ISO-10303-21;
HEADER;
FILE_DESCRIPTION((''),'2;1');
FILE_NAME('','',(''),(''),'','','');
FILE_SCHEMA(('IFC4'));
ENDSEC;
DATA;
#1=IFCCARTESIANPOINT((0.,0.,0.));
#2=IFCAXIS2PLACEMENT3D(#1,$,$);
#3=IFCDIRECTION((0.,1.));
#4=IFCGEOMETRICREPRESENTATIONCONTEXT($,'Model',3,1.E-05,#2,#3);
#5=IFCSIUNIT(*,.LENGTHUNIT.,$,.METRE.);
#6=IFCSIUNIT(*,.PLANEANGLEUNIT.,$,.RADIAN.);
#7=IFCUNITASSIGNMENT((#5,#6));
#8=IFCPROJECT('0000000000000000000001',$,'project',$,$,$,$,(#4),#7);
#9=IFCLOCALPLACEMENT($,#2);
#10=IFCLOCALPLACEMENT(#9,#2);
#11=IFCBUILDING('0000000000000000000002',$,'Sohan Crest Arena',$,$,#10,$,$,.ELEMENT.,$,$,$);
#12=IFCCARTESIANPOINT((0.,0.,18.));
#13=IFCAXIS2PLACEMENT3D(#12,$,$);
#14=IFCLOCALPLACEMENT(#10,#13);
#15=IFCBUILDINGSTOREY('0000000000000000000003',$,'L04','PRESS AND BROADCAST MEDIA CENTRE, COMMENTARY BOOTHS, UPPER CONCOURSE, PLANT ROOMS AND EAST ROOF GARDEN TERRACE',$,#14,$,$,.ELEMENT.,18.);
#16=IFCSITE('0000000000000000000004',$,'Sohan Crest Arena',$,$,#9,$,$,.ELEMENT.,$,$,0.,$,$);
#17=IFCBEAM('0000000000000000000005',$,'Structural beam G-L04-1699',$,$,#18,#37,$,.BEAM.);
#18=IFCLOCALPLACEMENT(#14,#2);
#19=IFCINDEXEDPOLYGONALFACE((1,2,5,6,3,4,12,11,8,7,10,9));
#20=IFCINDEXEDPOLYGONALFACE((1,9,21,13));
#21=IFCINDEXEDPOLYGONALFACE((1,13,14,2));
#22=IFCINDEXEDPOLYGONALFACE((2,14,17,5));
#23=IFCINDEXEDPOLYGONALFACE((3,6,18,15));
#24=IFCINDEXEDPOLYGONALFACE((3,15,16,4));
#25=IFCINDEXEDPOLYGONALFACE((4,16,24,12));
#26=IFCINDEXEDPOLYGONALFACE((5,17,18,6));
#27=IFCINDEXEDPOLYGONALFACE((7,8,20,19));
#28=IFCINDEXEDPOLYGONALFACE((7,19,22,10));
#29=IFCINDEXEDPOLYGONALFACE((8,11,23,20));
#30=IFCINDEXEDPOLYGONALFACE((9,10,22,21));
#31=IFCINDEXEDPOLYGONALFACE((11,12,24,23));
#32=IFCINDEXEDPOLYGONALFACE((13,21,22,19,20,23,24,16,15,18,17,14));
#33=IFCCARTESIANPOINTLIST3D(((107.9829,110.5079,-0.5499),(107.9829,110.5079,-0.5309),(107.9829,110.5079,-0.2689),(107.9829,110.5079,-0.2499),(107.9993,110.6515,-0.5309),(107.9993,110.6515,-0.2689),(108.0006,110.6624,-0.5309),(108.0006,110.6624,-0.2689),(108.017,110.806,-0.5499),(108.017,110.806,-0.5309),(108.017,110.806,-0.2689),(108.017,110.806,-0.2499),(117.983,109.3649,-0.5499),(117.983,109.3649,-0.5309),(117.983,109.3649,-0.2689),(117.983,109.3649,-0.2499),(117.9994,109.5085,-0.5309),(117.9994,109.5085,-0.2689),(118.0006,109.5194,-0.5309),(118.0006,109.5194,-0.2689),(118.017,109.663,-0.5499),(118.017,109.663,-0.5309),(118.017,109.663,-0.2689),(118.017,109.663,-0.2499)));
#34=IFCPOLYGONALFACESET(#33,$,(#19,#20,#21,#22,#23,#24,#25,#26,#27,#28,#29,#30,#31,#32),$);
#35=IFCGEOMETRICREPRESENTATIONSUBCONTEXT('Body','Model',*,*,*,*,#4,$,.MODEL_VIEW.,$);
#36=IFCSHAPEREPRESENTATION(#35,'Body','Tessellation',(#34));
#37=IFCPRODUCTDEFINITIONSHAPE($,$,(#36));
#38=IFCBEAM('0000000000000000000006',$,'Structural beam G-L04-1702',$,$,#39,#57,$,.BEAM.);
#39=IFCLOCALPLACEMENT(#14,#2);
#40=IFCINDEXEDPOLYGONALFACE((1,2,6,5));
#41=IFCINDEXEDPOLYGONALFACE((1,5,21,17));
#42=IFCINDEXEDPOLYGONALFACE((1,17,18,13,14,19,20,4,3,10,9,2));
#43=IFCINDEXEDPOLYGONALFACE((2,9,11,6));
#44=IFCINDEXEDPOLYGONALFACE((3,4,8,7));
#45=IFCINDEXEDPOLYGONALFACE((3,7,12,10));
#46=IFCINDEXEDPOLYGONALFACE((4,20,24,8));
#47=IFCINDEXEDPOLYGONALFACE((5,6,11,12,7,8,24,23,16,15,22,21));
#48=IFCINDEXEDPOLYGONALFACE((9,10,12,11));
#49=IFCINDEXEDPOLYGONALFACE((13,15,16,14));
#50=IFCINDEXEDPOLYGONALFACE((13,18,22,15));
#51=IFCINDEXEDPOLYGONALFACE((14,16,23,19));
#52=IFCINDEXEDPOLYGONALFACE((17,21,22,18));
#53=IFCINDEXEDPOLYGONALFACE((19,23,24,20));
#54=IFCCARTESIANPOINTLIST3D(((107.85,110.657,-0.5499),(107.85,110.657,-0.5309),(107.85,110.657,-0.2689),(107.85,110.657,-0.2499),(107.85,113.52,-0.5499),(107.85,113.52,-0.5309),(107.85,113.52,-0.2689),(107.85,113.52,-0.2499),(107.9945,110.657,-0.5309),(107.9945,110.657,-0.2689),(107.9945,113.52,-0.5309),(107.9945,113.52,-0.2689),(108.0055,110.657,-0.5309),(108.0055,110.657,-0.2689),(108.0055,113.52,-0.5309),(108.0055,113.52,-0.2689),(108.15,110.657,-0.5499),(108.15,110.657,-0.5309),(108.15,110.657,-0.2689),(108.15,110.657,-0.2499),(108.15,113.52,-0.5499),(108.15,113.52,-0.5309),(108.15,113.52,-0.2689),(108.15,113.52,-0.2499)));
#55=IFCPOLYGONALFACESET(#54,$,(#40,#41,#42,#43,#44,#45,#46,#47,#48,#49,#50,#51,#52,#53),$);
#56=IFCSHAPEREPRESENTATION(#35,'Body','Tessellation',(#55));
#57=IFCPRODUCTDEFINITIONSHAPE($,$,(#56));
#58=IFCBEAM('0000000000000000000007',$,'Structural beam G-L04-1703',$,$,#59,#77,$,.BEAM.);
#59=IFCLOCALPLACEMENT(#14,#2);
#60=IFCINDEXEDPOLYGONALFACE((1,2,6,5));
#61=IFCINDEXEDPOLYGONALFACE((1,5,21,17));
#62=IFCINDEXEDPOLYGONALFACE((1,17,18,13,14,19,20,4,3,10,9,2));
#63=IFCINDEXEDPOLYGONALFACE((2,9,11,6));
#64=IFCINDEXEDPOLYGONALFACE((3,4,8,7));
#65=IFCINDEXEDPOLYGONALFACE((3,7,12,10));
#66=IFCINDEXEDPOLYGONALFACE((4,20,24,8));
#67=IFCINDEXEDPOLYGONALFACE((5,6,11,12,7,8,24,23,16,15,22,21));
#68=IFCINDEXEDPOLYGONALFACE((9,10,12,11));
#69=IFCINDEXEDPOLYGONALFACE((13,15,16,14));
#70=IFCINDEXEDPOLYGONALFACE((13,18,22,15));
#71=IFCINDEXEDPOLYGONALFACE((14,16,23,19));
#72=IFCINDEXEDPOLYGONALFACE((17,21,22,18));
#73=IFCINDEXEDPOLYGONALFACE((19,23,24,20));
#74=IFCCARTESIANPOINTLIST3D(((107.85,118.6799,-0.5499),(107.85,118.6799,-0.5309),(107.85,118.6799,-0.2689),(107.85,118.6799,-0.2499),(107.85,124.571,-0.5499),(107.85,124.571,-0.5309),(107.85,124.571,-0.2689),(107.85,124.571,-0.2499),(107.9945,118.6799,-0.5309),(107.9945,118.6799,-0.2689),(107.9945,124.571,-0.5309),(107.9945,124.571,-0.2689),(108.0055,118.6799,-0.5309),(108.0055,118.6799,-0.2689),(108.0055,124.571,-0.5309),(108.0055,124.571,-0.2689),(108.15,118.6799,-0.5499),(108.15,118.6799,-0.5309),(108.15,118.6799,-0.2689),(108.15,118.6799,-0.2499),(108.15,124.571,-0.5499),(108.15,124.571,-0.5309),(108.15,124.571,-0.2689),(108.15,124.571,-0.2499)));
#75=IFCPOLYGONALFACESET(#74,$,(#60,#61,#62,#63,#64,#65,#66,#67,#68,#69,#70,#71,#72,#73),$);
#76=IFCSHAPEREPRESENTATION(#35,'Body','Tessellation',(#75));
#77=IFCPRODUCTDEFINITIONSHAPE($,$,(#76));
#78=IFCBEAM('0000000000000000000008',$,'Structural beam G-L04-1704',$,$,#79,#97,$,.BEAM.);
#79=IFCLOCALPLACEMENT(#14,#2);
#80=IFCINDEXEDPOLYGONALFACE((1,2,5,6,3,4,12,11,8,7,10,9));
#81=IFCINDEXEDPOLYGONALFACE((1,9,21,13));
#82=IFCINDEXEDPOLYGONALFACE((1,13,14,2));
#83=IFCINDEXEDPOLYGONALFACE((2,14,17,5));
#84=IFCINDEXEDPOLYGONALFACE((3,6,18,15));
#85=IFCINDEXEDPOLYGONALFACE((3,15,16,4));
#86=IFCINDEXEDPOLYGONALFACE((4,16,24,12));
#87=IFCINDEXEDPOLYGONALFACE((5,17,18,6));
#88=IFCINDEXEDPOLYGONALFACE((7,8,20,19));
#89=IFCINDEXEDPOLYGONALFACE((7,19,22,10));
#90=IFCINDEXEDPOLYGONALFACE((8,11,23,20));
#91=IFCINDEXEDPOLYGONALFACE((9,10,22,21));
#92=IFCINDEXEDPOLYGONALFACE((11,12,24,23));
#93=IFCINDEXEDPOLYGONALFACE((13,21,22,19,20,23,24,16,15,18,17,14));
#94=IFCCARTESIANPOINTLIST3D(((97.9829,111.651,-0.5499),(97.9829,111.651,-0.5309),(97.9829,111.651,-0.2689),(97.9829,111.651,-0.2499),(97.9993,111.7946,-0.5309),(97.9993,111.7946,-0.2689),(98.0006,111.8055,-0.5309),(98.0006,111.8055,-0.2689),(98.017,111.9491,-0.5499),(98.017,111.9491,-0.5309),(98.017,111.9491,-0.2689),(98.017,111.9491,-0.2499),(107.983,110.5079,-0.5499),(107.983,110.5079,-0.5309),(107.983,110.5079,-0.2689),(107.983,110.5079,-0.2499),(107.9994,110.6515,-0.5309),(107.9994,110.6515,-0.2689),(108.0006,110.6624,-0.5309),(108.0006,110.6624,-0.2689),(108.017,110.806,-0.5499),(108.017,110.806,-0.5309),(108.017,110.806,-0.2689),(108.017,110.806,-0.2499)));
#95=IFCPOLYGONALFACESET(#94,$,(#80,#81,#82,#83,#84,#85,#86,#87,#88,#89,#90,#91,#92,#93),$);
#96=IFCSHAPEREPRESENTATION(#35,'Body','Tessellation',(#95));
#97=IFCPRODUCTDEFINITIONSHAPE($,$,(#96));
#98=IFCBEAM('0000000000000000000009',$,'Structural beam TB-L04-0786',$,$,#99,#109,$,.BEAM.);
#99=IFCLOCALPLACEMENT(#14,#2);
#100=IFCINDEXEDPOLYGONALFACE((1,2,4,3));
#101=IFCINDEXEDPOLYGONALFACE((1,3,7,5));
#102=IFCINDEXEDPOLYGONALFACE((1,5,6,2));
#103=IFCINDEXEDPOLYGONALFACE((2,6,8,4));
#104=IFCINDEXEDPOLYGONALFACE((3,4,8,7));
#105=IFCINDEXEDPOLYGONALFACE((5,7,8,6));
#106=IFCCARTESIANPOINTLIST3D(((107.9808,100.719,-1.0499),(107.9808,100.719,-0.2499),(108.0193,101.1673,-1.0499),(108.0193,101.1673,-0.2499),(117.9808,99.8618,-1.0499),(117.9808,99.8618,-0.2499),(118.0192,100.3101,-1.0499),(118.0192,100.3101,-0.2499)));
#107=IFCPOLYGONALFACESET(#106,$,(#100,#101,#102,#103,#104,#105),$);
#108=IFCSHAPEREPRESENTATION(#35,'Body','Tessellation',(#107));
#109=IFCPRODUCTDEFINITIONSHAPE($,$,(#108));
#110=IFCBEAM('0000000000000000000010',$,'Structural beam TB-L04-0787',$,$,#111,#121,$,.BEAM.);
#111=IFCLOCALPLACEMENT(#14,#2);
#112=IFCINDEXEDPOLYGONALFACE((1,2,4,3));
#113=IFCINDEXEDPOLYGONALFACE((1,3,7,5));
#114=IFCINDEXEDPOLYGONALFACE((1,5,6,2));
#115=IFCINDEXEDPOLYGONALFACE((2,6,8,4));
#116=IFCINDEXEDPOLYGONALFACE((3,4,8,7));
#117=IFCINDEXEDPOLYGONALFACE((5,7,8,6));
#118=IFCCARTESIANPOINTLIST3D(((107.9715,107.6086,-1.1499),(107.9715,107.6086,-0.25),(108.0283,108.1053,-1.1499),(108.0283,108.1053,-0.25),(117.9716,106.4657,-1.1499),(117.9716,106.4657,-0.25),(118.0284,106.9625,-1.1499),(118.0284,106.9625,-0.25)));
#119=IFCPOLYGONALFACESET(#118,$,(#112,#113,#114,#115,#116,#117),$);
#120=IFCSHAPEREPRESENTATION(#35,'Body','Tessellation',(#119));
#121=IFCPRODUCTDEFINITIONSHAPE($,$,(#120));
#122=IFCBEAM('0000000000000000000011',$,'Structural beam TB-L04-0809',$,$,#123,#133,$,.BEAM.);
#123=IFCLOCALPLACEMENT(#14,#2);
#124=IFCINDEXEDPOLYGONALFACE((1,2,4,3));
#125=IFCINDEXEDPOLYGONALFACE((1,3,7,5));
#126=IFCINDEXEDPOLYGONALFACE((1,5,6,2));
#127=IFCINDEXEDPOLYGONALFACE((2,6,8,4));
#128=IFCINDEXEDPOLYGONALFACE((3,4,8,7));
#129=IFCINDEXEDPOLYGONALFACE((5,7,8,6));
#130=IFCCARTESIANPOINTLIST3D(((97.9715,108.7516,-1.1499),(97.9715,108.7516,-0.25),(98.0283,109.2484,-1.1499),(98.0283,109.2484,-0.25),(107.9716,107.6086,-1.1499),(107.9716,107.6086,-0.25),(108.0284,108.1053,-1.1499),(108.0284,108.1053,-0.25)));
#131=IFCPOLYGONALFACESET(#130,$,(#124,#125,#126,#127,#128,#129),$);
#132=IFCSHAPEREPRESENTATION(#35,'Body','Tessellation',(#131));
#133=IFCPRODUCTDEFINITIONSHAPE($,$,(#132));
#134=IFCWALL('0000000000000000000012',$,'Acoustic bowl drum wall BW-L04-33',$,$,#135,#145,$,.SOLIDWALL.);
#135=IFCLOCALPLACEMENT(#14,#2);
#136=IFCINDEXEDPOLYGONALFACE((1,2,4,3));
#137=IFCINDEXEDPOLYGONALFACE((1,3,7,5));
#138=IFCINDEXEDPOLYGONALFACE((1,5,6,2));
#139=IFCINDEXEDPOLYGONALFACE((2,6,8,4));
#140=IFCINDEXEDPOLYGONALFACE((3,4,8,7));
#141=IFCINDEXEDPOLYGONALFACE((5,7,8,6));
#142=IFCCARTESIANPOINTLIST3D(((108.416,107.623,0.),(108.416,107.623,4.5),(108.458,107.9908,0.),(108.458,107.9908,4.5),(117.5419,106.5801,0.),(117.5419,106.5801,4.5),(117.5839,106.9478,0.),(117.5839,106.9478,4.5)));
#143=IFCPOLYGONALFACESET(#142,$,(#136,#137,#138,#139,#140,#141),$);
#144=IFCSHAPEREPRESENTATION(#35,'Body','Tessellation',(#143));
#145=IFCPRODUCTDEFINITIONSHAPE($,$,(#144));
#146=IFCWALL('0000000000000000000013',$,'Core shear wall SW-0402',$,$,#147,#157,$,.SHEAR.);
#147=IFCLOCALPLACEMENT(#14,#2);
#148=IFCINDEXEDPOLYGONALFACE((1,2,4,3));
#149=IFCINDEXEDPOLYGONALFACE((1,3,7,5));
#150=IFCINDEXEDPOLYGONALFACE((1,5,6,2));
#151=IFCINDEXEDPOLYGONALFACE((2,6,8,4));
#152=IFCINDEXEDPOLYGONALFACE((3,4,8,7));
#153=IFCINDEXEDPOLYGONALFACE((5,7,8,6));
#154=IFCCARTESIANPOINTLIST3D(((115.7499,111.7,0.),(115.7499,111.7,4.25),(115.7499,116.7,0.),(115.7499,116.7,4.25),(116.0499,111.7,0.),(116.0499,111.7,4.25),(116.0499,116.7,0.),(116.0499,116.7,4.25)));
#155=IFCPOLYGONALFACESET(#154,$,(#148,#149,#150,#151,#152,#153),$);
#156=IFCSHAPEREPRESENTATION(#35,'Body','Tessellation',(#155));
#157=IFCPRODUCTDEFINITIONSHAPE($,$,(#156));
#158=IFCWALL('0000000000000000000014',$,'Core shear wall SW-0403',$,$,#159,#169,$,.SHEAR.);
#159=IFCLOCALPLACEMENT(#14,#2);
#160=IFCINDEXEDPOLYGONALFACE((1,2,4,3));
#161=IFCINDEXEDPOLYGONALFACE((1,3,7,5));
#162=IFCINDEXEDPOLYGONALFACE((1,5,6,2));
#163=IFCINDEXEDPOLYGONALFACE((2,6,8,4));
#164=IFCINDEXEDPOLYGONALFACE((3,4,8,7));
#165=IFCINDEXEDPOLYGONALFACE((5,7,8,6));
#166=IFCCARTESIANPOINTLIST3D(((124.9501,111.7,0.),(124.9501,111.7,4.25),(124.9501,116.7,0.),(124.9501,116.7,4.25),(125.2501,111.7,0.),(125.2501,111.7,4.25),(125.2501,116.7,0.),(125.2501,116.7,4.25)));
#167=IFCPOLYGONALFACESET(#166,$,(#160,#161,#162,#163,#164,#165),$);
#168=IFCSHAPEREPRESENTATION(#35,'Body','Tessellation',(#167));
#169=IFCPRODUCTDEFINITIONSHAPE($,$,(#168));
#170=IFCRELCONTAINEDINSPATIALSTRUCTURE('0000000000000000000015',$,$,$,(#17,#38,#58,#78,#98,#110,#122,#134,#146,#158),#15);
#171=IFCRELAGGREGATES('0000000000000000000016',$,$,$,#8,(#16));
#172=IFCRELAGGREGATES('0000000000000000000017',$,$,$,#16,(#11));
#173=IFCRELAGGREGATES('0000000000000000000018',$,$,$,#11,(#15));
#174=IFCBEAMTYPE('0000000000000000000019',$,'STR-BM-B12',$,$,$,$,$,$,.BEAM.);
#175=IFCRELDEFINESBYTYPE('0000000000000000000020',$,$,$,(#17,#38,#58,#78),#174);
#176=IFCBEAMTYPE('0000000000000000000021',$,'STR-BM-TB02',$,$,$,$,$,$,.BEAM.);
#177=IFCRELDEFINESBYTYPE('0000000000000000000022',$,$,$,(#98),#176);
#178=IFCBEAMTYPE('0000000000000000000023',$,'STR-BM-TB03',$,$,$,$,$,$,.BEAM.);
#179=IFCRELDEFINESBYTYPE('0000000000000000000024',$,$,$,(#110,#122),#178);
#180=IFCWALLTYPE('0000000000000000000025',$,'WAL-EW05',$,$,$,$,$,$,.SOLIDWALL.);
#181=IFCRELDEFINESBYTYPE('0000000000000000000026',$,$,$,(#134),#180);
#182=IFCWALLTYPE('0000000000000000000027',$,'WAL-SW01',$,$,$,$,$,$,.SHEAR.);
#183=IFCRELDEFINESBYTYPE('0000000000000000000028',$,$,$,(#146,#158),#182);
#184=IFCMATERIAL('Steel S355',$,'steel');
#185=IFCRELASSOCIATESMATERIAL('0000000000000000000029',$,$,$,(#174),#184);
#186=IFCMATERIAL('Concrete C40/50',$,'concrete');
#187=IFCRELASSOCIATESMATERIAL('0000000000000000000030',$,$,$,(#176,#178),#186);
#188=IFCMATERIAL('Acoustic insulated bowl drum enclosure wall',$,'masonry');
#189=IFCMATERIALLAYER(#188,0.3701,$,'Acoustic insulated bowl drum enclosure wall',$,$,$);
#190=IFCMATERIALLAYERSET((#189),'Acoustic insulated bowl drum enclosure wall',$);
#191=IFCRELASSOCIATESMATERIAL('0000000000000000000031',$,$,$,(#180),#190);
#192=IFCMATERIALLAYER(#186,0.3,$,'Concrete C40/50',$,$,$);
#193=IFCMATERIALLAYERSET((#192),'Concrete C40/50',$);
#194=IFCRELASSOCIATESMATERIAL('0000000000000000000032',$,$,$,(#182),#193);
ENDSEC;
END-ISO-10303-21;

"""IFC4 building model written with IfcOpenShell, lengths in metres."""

from ifc_helpers import new_model, si_unit, direction, frame, frame_2d, origin, origin_2d, place, context, subcontext, project, spatial, rectangle, i_section, extrude, material, layer, layer_set, material_profile, profile_set, type_object, element, save


model = new_model("IFC4")

# Units and contexts
model_context = context("Model", 3, precision=1e-05, world=origin(), true_north=direction((0.0, 1.0)))
body_context = subcontext(model_context, "Body", "Model", "MODEL_VIEW")
ifc_project = project(units=[si_unit("LENGTHUNIT", "METRE"), si_unit("PLANEANGLEUNIT", "RADIAN")], contexts=[model_context])

# Site, building, storey
site_placement = place(None, origin())
site = spatial("IfcSite", under=ifc_project, at=site_placement, Name="Sohan Crest Arena", CompositionType="ELEMENT", RefElevation=0.0)
building_placement = place(site_placement, origin())
building = spatial("IfcBuilding", under=site, at=building_placement, Name="Sohan Crest Arena", CompositionType="ELEMENT")
storey_placement = place(building_placement, frame((0.0, 0.0, 18.0)))
storey = spatial("IfcBuildingStorey", under=building, at=storey_placement, Name="L04", Description="PRESS AND BROADCAST MEDIA CENTRE, COMMENTARY BOOTHS, UPPER CONCOURSE, PLANT ROOMS AND EAST ROOF GARDEN TERRACE", CompositionType="ELEMENT", Elevation=18.0)

# Shared definitions
ifc_material_1 = material(Name="Concrete C40/50", Category="concrete")
ifc_material_2 = material(Name="Steel S355", Category="steel")

# Beams
ifc_material_profile_1 = material_profile(ifc_material_2, i_section(OverallWidth=0.3, OverallDepth=0.3, WebThickness=0.011, FlangeThickness=0.019, at=origin_2d()), Name="HEB 300")
ifc_profile_set_1 = profile_set([ifc_material_profile_1], Name="Steel S355")
beam_type_1 = type_object("IfcBeamType", Name="STR-BM-B12", PredefinedType="BEAM", material=ifc_profile_set_1)
beam_1_placement = place(storey_placement, frame((118.0, 109.5139, -0.3999), z_axis=(-0.99353, 0.113567, 0.0), x_axis=(-0.113567, -0.99353, 0.0)))
element("IfcBeam", 1, at=beam_1_placement, inside=storey, type_object=beam_type_1, Name="Structural beam G-L04-1699", PredefinedType="BEAM", context=body_context, shape_type="SweptSolid", body=[
    extrude(i_section(OverallWidth=0.3, OverallDepth=0.3, WebThickness=0.011, FlangeThickness=0.019, at=origin_2d()), origin(), (0.0, 0.0, 1.0), 10.0652),
])
beam_2_placement = place(storey_placement, frame((108.0, 110.657, -0.3999), z_axis=(0.0, 1.0, 0.0), x_axis=(-1.0, 0.0, 0.0)))
element("IfcBeam", 2, at=beam_2_placement, inside=storey, type_object=beam_type_1, Name="Structural beam G-L04-1702", PredefinedType="BEAM", context=body_context, shape_type="SweptSolid", body=[
    extrude(i_section(OverallWidth=0.3, OverallDepth=0.3, WebThickness=0.011, FlangeThickness=0.019, at=origin_2d()), origin(), (0.0, 0.0, 1.0), 2.863),
])
beam_3_placement = place(storey_placement, frame((108.0, 118.6799, -0.3999), z_axis=(0.0, 1.0, 0.0), x_axis=(-1.0, 0.0, 0.0)))
element("IfcBeam", 3, at=beam_3_placement, inside=storey, type_object=beam_type_1, Name="Structural beam G-L04-1703", PredefinedType="BEAM", context=body_context, shape_type="SweptSolid", body=[
    extrude(i_section(OverallWidth=0.3, OverallDepth=0.3, WebThickness=0.011, FlangeThickness=0.019, at=origin_2d()), origin(), (0.0, 0.0, 1.0), 5.8911),
])
beam_4_placement = place(storey_placement, frame((108.0, 110.657, -0.3999), z_axis=(-0.99353, 0.113567, 0.0), x_axis=(-0.113567, -0.99353, 0.0)))
element("IfcBeam", 4, at=beam_4_placement, inside=storey, type_object=beam_type_1, Name="Structural beam G-L04-1704", PredefinedType="BEAM", context=body_context, shape_type="SweptSolid", body=[
    extrude(i_section(OverallWidth=0.3, OverallDepth=0.3, WebThickness=0.011, FlangeThickness=0.019, at=origin_2d()), origin(), (0.0, 0.0, 1.0), 10.0652),
])
ifc_material_profile_2 = material_profile(ifc_material_1, rectangle(XDim=0.45, YDim=0.8, at=origin_2d()), Name="RC-BM 450x800")
ifc_profile_set_2 = profile_set([ifc_material_profile_2], Name="Concrete C40/50")
beam_type_2 = type_object("IfcBeamType", Name="STR-BM-TB02", PredefinedType="BEAM", material=ifc_profile_set_2)
beam_5_placement = place(storey_placement, frame((118.0, 100.0859, -0.6499), z_axis=(-0.996346, 0.085405, 0.0), x_axis=(-0.085405, -0.996346, 0.0)))
element("IfcBeam", 5, at=beam_5_placement, inside=storey, type_object=beam_type_2, Name="Structural beam TB-L04-0786", PredefinedType="BEAM", context=body_context, shape_type="SweptSolid", body=[
    extrude(rectangle(XDim=0.45, YDim=0.8, at=origin_2d()), origin(), (0.0, 0.0, 1.0), 10.0366),
])
ifc_material_profile_3 = material_profile(ifc_material_1, rectangle(XDim=0.5, YDim=0.8999, at=origin_2d()), Name="RC-BM 500x900")
ifc_profile_set_3 = profile_set([ifc_material_profile_3], Name="Concrete C40/50")
beam_type_3 = type_object("IfcBeamType", Name="STR-BM-TB03", PredefinedType="BEAM", material=ifc_profile_set_3)
for number, where, z_axis, x_axis, name in (
    (6, (118.0, 106.7141, -0.7), (-0.993533, 0.113543, 0.0), (-0.113543, -0.993533, 0.0), "Structural beam TB-L04-0787"),
    (7, (108.0, 107.8569, -0.7), (-0.99353, 0.113567, 0.0), (-0.113567, -0.99353, 0.0), "Structural beam TB-L04-0809"),
):
    element("IfcBeam", number, at=place(storey_placement, frame(where, z_axis=z_axis, x_axis=x_axis)), inside=storey, type_object=beam_type_3, Name=name, PredefinedType="BEAM", context=body_context, shape_type="SweptSolid", body=[
        extrude(rectangle(XDim=0.5, YDim=0.8999, at=origin_2d()), origin(), (0.0, 0.0, 1.0), 10.0652),
    ])

# Walls
ifc_material_3 = material(Name="Acoustic insulated bowl drum enclosure wall", Category="masonry")
ifc_layer_1 = layer(ifc_material_3, 0.3701, Name="Acoustic insulated bowl drum enclosure wall")
ifc_layer_set_1 = layer_set([ifc_layer_1], Name="Acoustic insulated bowl drum enclosure wall")
wall_type_1 = type_object("IfcWallType", Name="WAL-EW05", PredefinedType="SOLIDWALL", material=ifc_layer_set_1)
wall_1_placement = place(storey_placement, frame((117.563, 106.7639, 0.0), z_axis=(0.0, 0.0, 1.0), x_axis=(-0.993533, 0.113547, 0.0)))
element("IfcWall", 8, at=wall_1_placement, inside=storey, type_object=wall_type_1, Name="Acoustic bowl drum wall BW-L04-33", PredefinedType="SOLIDWALL", context=body_context, shape_type="SweptSolid", body=[
    extrude(rectangle(XDim=9.1853, YDim=0.3701, at=frame_2d((4.5928, 0.0))), origin(), (0.0, 0.0, 1.0), 4.5),
])
ifc_layer_2 = layer(ifc_material_1, 0.3, Name="Concrete C40/50")
ifc_layer_set_2 = layer_set([ifc_layer_2], Name="Concrete C40/50")
wall_type_2 = type_object("IfcWallType", Name="WAL-SW01", PredefinedType="SHEAR", material=ifc_layer_set_2)
for number, where, z_axis, x_axis, name in (
    (9, (115.8999, 111.7, 0.0), (0.0, 0.0, 1.0), (0.0, 1.0, 0.0), "Core shear wall SW-0402"),
    (10, (125.1001, 111.7, 0.0), (0.0, 0.0, 1.0), (0.0, 1.0, 0.0), "Core shear wall SW-0403"),
):
    element("IfcWall", number, at=place(storey_placement, frame(where, z_axis=z_axis, x_axis=x_axis)), inside=storey, type_object=wall_type_2, Name=name, PredefinedType="SHEAR", context=body_context, shape_type="SweptSolid", body=[
        extrude(rectangle(XDim=5.0, YDim=0.3, at=frame_2d((2.5, 0.0))), origin(), (0.0, 0.0, 1.0), 4.25),
    ])

save(model, "model.ifc")
